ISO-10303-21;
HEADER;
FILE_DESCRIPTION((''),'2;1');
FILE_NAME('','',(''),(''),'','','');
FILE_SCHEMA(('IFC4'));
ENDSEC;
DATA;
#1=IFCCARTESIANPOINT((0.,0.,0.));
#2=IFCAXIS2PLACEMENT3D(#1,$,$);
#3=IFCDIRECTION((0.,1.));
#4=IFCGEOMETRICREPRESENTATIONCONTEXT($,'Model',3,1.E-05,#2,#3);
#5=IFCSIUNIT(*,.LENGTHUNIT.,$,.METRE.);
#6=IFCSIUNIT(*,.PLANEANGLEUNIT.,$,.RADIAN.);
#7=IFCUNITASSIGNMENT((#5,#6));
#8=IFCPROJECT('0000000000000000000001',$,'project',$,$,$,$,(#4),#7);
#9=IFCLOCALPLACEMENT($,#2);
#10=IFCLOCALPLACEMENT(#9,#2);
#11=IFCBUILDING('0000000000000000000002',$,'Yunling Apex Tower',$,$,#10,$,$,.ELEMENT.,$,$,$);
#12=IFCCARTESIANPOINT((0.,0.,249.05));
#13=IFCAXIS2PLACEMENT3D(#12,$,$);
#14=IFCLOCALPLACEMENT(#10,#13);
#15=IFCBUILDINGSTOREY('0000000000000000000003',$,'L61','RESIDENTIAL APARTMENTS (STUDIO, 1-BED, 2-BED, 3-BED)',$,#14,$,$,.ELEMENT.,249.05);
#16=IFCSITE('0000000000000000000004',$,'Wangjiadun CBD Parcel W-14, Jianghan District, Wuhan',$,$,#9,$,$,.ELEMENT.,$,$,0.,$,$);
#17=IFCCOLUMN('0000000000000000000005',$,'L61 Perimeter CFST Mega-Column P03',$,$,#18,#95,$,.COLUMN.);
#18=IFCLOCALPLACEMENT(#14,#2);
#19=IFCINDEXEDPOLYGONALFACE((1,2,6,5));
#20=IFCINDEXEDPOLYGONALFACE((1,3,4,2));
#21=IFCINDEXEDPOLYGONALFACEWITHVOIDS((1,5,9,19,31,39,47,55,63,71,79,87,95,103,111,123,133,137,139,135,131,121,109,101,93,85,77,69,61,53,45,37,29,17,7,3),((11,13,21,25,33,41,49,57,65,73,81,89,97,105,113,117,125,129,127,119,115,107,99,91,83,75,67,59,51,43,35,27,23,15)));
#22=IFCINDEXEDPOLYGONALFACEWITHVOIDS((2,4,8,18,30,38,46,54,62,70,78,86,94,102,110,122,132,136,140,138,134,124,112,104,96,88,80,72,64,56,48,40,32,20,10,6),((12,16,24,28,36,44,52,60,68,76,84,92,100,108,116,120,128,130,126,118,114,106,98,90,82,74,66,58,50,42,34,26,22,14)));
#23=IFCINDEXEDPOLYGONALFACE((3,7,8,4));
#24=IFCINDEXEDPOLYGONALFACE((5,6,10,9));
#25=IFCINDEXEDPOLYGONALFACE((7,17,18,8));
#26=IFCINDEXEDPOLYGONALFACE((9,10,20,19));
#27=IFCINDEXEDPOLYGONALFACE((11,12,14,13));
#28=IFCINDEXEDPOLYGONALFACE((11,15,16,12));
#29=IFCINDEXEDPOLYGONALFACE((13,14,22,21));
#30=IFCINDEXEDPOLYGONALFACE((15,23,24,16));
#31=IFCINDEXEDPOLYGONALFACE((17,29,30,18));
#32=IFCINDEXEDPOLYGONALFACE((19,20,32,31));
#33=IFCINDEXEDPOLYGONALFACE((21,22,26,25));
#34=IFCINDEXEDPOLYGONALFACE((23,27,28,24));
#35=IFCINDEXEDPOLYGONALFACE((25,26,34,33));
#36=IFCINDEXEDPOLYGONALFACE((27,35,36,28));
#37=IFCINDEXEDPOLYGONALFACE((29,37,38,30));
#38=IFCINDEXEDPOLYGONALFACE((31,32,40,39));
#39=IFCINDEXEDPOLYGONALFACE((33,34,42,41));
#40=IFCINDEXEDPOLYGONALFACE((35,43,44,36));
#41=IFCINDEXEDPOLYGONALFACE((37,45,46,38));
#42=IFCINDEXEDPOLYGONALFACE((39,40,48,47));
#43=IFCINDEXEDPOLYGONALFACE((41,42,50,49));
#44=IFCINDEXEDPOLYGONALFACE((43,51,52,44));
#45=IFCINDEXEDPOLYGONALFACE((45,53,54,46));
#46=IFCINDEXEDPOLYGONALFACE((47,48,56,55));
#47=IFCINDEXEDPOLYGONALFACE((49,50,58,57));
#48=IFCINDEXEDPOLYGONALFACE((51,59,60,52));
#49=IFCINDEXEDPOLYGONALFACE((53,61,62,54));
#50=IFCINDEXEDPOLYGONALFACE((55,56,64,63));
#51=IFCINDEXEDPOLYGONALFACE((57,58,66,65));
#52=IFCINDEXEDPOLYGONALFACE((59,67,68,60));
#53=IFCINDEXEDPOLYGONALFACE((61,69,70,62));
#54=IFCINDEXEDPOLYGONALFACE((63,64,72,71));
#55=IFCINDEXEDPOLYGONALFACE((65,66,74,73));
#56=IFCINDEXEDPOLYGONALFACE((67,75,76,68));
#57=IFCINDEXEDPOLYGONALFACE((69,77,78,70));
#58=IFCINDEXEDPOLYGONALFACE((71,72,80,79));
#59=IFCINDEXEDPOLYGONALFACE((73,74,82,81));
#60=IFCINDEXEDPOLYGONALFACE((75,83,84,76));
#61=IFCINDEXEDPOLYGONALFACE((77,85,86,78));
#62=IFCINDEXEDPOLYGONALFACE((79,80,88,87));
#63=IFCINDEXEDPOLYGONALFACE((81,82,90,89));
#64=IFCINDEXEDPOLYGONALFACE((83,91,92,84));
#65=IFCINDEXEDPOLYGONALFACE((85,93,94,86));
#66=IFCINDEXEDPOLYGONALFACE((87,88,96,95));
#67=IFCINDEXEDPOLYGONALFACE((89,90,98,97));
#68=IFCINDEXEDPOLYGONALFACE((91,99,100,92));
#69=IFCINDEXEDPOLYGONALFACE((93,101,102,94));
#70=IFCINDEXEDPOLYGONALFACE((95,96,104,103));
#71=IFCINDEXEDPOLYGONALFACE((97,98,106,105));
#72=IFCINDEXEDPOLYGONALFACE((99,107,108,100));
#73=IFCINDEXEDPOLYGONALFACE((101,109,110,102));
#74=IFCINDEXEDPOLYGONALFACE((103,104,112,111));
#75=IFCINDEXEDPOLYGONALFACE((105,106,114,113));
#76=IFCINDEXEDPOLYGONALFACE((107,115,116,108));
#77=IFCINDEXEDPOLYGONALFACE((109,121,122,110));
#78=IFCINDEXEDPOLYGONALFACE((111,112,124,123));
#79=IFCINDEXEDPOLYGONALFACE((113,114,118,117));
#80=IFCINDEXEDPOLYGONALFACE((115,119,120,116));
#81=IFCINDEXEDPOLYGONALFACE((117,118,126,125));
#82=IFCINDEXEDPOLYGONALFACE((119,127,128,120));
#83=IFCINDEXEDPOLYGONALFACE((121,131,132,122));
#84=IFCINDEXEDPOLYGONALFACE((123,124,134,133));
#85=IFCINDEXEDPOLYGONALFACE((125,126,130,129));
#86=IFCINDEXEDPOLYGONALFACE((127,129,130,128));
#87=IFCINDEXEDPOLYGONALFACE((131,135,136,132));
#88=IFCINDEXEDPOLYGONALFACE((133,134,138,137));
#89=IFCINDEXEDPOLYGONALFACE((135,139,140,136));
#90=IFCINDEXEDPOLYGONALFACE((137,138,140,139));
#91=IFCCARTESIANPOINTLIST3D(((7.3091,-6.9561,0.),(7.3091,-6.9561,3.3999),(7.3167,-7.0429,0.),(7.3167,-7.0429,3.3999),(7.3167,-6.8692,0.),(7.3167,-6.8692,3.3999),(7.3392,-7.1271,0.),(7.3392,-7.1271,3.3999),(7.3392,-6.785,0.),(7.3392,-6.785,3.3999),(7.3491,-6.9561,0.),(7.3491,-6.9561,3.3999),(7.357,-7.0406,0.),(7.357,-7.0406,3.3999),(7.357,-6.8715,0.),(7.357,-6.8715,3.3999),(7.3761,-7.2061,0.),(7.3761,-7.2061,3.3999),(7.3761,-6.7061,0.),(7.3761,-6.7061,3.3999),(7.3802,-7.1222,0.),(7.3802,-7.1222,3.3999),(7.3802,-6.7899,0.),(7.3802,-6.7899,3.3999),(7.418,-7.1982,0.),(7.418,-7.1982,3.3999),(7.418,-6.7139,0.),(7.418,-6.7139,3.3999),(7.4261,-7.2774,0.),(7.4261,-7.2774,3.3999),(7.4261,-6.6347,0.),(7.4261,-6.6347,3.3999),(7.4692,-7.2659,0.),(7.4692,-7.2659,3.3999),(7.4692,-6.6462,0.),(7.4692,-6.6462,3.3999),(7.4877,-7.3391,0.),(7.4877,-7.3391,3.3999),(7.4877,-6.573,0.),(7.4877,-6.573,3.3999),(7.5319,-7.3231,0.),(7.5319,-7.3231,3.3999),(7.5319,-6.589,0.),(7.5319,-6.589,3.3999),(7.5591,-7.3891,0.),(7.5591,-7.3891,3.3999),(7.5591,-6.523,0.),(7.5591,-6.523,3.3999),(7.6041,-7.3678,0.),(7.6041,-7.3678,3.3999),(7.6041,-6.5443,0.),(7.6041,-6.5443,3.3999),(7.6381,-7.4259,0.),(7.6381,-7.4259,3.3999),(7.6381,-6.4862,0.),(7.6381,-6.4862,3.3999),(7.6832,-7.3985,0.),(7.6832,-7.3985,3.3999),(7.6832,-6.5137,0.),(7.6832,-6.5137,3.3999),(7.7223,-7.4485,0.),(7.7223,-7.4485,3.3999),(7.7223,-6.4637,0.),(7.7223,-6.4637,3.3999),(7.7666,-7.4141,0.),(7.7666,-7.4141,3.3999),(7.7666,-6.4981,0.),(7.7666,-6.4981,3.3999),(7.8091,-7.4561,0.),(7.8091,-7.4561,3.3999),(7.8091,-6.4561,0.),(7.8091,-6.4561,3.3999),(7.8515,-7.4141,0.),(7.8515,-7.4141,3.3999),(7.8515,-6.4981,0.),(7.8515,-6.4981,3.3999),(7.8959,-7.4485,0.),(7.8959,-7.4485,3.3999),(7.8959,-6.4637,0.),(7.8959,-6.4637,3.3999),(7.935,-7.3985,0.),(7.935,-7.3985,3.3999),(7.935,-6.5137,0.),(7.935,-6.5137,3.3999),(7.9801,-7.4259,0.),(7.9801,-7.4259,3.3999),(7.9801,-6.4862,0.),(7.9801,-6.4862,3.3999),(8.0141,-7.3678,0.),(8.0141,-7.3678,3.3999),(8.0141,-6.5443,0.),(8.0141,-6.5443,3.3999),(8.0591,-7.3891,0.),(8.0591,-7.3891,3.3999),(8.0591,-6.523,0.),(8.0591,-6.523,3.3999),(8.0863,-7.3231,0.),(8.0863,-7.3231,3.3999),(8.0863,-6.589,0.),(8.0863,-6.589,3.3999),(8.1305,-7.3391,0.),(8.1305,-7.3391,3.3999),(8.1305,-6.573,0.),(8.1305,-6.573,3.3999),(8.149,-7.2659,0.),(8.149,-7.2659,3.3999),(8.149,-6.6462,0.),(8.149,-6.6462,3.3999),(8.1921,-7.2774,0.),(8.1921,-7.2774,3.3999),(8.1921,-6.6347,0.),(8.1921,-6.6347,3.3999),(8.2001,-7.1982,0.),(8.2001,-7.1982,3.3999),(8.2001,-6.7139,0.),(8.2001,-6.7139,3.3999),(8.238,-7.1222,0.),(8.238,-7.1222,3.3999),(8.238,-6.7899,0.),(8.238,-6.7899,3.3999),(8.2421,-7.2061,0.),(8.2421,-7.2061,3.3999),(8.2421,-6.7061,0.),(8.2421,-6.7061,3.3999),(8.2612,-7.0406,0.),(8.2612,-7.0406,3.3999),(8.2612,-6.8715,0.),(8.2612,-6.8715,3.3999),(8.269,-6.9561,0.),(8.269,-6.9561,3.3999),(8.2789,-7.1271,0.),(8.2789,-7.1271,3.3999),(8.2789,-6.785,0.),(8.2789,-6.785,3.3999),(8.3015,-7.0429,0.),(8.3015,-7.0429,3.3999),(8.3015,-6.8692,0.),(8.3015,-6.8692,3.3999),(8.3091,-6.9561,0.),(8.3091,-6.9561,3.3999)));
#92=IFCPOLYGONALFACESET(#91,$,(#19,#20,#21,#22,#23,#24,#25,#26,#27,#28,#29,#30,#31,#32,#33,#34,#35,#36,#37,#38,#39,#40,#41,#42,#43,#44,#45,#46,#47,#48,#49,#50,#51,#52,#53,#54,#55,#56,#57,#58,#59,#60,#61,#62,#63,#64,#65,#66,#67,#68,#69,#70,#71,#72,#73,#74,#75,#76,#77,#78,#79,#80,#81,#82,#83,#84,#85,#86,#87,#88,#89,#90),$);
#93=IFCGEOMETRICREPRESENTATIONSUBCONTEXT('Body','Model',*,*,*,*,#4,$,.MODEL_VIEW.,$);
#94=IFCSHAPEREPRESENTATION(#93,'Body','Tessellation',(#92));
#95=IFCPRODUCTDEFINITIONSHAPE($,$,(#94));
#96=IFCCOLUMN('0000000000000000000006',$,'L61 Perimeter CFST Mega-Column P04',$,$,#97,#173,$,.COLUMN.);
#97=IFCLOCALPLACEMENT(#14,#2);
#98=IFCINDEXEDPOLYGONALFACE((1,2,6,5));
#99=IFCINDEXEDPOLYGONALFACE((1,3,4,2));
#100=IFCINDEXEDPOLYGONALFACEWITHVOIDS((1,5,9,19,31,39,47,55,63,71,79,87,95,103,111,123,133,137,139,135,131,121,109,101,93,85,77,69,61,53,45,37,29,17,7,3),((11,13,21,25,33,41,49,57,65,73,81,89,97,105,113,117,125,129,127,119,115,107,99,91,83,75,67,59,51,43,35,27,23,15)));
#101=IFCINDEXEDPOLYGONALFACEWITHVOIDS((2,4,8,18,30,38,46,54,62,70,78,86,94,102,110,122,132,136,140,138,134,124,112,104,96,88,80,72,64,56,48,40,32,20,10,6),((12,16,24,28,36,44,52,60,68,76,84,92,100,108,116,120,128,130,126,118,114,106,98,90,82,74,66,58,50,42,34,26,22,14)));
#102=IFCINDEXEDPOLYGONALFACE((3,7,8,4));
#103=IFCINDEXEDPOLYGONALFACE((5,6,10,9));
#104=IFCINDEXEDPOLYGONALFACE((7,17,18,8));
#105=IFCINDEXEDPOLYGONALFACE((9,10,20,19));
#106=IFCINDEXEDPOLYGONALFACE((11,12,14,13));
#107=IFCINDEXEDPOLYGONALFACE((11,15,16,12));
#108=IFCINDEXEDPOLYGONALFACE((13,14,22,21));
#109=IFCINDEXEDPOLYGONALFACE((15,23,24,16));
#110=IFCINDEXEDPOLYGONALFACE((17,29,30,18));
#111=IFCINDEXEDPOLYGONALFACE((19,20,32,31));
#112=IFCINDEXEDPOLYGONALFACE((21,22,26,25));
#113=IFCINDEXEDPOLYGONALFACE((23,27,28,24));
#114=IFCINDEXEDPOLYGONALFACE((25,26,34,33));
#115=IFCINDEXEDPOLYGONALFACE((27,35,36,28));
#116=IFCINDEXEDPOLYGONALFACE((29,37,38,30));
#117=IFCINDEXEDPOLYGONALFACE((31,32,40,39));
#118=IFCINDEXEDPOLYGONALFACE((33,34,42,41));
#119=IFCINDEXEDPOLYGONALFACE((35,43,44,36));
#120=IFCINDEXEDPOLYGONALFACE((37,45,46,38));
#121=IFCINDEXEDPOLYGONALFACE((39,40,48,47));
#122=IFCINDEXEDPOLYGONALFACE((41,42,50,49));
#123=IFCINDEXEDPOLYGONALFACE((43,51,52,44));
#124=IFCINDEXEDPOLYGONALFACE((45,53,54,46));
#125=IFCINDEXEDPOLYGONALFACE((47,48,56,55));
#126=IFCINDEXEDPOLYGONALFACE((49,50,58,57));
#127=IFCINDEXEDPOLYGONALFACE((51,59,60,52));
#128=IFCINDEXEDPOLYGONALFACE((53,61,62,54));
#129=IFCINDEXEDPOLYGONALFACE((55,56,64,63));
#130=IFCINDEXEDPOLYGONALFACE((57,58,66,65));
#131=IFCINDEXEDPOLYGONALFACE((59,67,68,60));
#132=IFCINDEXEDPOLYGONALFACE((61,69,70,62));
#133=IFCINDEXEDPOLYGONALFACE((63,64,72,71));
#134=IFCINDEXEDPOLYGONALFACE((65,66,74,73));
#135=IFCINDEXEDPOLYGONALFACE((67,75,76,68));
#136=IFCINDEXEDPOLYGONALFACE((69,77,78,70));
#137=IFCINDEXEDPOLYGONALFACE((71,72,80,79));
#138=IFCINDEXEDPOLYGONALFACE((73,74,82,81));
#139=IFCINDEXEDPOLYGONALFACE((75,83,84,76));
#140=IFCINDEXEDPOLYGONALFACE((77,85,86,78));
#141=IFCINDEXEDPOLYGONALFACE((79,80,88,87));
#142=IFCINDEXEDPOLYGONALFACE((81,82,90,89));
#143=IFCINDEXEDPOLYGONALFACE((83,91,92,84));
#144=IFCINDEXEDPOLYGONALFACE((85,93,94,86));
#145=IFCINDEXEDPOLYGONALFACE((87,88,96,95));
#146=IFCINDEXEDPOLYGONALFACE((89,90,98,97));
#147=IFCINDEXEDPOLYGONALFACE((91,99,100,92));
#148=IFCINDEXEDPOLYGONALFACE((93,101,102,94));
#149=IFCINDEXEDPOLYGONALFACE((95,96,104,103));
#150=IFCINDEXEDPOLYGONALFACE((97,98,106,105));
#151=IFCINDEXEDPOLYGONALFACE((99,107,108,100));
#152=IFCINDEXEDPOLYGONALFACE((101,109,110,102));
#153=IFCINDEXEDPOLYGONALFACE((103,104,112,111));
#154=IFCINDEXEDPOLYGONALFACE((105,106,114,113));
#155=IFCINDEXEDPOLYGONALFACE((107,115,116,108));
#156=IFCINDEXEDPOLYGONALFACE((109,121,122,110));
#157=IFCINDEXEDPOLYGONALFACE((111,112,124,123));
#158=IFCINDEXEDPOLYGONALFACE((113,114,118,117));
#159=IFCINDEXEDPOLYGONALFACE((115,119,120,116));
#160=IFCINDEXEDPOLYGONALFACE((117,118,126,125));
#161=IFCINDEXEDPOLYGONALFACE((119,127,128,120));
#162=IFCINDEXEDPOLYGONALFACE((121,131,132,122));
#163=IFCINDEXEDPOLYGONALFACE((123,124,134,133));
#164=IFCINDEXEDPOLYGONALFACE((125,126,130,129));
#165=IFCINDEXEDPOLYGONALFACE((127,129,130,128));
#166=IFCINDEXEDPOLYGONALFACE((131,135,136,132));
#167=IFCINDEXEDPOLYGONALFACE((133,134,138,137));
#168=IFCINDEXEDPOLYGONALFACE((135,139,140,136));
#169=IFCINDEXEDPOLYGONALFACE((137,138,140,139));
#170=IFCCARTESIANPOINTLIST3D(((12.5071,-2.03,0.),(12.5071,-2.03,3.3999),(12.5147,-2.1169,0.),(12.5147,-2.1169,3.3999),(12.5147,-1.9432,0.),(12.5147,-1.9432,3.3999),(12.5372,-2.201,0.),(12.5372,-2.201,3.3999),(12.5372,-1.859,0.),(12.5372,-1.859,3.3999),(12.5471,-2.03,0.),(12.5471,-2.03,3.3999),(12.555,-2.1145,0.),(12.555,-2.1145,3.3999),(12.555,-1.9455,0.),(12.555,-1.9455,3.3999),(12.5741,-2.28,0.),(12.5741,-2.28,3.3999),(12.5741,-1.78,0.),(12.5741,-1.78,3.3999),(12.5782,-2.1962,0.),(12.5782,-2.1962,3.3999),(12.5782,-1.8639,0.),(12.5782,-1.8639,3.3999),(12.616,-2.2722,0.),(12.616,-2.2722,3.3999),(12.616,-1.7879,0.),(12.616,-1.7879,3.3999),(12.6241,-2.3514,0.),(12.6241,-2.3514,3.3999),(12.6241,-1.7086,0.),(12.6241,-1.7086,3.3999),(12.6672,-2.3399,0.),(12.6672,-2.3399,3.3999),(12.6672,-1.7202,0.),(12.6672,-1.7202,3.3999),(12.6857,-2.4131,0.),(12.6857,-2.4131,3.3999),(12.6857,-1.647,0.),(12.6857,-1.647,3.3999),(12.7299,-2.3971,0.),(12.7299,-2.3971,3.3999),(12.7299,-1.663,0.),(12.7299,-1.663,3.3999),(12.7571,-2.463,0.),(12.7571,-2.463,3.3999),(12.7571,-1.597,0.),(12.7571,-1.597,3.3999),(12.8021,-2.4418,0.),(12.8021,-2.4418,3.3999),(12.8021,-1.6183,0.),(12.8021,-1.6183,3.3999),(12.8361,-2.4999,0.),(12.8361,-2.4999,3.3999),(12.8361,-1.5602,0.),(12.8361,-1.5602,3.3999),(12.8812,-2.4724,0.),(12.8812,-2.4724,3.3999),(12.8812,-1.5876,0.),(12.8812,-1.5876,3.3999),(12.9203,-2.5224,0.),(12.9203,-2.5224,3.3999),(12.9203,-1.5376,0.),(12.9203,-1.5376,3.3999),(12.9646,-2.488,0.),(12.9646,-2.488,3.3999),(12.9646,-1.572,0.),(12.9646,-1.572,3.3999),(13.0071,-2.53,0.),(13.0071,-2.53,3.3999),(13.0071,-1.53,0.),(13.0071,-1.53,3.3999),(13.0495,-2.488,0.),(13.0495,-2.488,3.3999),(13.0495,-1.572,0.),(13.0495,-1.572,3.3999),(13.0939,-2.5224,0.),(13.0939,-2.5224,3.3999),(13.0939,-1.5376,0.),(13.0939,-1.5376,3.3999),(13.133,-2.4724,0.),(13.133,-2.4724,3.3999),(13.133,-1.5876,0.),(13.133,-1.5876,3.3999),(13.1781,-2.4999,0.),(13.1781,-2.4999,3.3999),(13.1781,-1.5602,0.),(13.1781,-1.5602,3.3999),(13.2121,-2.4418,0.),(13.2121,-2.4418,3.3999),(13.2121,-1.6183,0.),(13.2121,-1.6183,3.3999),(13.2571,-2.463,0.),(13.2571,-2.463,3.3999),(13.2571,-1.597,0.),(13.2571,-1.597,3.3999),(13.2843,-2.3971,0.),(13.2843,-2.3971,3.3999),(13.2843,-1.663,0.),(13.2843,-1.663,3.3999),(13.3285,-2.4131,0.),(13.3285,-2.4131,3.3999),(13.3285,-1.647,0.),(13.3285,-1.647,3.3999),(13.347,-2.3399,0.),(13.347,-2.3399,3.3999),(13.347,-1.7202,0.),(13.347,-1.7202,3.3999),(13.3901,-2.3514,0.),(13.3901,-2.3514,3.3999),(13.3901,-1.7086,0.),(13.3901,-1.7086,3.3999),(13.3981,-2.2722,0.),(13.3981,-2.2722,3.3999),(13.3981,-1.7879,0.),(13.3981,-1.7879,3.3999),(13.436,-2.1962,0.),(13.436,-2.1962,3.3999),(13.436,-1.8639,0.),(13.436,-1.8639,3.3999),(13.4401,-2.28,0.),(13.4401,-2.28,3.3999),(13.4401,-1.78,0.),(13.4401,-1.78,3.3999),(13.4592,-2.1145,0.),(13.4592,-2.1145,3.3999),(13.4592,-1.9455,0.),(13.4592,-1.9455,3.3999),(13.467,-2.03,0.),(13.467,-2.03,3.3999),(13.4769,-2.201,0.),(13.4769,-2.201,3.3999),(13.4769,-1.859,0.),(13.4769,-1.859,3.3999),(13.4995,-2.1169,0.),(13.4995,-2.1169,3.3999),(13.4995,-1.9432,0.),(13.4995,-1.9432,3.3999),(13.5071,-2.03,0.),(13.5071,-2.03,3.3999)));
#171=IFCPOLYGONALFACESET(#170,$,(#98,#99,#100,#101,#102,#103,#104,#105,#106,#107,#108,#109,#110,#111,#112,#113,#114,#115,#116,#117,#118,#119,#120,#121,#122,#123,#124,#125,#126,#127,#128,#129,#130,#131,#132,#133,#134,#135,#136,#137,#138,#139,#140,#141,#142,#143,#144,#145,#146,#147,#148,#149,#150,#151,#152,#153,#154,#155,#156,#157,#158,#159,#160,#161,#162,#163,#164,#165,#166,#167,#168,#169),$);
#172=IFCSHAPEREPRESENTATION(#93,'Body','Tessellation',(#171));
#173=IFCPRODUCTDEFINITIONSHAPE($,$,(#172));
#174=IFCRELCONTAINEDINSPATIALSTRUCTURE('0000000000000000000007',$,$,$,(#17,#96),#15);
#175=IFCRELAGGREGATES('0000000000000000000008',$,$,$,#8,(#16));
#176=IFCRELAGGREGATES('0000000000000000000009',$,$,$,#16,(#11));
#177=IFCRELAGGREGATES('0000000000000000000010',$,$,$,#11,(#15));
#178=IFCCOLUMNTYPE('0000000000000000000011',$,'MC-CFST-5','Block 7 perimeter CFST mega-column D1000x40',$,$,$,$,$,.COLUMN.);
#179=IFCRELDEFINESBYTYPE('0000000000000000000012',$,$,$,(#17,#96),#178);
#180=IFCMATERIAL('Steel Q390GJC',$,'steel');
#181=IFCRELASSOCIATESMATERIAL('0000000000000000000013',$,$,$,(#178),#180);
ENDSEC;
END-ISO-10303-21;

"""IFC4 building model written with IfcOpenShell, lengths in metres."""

from ifc_helpers import new_model, si_unit, direction, frame, origin, origin_2d, place, context, subcontext, project, spatial, hollow_circle, extrude, source, transform, mapped, material, material_profile, profile_set, type_object, element, save


model = new_model("IFC4")

# Units and contexts
model_context = context("Model", 3, precision=1e-05, world=origin(), true_north=direction((0.0, 1.0)))
body_context = subcontext(model_context, "Body", "Model", "MODEL_VIEW")
ifc_project = project(units=[si_unit("LENGTHUNIT", "METRE"), si_unit("PLANEANGLEUNIT", "RADIAN")], contexts=[model_context])

# Site, building, storey
site_placement = place(None, origin())
site = spatial("IfcSite", under=ifc_project, at=site_placement, Name="Wangjiadun CBD Parcel W-14, Jianghan District, Wuhan", CompositionType="ELEMENT", RefElevation=0.0)
building_placement = place(site_placement, origin())
building = spatial("IfcBuilding", under=site, at=building_placement, Name="Yunling Apex Tower", CompositionType="ELEMENT")
storey_placement = place(building_placement, frame((0.0, 0.0, 249.05)))
storey = spatial("IfcBuildingStorey", under=building, at=storey_placement, Name="L61", Description="RESIDENTIAL APARTMENTS (STUDIO, 1-BED, 2-BED, 3-BED)", CompositionType="ELEMENT", Elevation=249.05)

# Columns
ifc_material_1 = material(Name="Steel Q390GJC", Category="steel")
ifc_material_profile_1 = material_profile(ifc_material_1, hollow_circle(Radius=0.5, WallThickness=0.04, at=origin_2d()))
ifc_profile_set_1 = profile_set([ifc_material_profile_1], Name="Steel Q390GJC")
column_type = type_object("IfcColumnType", Name="MC-CFST-5", Description="Block 7 perimeter CFST mega-column D1000x40", PredefinedType="COLUMN", material=ifc_profile_set_1)
shared_shape_1 = source(origin(), body_context, "Body", "SweptSolid", [
    extrude(hollow_circle(Radius=0.5, WallThickness=0.04, at=origin_2d()), origin(), (0.0, 0.0, 1.0), 3.3999),
])
for number, where, z_axis, x_axis, name in (
    (1, (7.8091, -6.9561, 0.0), (0.0, 0.0, 1.0), (1.0, 0.0, 0.0), "L61 Perimeter CFST Mega-Column P03"),
    (2, (13.0071, -2.03, 0.0), (0.0, 0.0, 1.0), (1.0, 0.0, 0.0), "L61 Perimeter CFST Mega-Column P04"),
):
    element("IfcColumn", number, at=place(storey_placement, frame(where, z_axis=z_axis, x_axis=x_axis)), inside=storey, type_object=column_type, Name=name, PredefinedType="COLUMN", context=body_context, shape_type="MappedRepresentation", body=[
        mapped(shared_shape_1, transform((0.0, 0.0, 0.0), scale=1.0)),
    ])

save(model, "model.ifc")
